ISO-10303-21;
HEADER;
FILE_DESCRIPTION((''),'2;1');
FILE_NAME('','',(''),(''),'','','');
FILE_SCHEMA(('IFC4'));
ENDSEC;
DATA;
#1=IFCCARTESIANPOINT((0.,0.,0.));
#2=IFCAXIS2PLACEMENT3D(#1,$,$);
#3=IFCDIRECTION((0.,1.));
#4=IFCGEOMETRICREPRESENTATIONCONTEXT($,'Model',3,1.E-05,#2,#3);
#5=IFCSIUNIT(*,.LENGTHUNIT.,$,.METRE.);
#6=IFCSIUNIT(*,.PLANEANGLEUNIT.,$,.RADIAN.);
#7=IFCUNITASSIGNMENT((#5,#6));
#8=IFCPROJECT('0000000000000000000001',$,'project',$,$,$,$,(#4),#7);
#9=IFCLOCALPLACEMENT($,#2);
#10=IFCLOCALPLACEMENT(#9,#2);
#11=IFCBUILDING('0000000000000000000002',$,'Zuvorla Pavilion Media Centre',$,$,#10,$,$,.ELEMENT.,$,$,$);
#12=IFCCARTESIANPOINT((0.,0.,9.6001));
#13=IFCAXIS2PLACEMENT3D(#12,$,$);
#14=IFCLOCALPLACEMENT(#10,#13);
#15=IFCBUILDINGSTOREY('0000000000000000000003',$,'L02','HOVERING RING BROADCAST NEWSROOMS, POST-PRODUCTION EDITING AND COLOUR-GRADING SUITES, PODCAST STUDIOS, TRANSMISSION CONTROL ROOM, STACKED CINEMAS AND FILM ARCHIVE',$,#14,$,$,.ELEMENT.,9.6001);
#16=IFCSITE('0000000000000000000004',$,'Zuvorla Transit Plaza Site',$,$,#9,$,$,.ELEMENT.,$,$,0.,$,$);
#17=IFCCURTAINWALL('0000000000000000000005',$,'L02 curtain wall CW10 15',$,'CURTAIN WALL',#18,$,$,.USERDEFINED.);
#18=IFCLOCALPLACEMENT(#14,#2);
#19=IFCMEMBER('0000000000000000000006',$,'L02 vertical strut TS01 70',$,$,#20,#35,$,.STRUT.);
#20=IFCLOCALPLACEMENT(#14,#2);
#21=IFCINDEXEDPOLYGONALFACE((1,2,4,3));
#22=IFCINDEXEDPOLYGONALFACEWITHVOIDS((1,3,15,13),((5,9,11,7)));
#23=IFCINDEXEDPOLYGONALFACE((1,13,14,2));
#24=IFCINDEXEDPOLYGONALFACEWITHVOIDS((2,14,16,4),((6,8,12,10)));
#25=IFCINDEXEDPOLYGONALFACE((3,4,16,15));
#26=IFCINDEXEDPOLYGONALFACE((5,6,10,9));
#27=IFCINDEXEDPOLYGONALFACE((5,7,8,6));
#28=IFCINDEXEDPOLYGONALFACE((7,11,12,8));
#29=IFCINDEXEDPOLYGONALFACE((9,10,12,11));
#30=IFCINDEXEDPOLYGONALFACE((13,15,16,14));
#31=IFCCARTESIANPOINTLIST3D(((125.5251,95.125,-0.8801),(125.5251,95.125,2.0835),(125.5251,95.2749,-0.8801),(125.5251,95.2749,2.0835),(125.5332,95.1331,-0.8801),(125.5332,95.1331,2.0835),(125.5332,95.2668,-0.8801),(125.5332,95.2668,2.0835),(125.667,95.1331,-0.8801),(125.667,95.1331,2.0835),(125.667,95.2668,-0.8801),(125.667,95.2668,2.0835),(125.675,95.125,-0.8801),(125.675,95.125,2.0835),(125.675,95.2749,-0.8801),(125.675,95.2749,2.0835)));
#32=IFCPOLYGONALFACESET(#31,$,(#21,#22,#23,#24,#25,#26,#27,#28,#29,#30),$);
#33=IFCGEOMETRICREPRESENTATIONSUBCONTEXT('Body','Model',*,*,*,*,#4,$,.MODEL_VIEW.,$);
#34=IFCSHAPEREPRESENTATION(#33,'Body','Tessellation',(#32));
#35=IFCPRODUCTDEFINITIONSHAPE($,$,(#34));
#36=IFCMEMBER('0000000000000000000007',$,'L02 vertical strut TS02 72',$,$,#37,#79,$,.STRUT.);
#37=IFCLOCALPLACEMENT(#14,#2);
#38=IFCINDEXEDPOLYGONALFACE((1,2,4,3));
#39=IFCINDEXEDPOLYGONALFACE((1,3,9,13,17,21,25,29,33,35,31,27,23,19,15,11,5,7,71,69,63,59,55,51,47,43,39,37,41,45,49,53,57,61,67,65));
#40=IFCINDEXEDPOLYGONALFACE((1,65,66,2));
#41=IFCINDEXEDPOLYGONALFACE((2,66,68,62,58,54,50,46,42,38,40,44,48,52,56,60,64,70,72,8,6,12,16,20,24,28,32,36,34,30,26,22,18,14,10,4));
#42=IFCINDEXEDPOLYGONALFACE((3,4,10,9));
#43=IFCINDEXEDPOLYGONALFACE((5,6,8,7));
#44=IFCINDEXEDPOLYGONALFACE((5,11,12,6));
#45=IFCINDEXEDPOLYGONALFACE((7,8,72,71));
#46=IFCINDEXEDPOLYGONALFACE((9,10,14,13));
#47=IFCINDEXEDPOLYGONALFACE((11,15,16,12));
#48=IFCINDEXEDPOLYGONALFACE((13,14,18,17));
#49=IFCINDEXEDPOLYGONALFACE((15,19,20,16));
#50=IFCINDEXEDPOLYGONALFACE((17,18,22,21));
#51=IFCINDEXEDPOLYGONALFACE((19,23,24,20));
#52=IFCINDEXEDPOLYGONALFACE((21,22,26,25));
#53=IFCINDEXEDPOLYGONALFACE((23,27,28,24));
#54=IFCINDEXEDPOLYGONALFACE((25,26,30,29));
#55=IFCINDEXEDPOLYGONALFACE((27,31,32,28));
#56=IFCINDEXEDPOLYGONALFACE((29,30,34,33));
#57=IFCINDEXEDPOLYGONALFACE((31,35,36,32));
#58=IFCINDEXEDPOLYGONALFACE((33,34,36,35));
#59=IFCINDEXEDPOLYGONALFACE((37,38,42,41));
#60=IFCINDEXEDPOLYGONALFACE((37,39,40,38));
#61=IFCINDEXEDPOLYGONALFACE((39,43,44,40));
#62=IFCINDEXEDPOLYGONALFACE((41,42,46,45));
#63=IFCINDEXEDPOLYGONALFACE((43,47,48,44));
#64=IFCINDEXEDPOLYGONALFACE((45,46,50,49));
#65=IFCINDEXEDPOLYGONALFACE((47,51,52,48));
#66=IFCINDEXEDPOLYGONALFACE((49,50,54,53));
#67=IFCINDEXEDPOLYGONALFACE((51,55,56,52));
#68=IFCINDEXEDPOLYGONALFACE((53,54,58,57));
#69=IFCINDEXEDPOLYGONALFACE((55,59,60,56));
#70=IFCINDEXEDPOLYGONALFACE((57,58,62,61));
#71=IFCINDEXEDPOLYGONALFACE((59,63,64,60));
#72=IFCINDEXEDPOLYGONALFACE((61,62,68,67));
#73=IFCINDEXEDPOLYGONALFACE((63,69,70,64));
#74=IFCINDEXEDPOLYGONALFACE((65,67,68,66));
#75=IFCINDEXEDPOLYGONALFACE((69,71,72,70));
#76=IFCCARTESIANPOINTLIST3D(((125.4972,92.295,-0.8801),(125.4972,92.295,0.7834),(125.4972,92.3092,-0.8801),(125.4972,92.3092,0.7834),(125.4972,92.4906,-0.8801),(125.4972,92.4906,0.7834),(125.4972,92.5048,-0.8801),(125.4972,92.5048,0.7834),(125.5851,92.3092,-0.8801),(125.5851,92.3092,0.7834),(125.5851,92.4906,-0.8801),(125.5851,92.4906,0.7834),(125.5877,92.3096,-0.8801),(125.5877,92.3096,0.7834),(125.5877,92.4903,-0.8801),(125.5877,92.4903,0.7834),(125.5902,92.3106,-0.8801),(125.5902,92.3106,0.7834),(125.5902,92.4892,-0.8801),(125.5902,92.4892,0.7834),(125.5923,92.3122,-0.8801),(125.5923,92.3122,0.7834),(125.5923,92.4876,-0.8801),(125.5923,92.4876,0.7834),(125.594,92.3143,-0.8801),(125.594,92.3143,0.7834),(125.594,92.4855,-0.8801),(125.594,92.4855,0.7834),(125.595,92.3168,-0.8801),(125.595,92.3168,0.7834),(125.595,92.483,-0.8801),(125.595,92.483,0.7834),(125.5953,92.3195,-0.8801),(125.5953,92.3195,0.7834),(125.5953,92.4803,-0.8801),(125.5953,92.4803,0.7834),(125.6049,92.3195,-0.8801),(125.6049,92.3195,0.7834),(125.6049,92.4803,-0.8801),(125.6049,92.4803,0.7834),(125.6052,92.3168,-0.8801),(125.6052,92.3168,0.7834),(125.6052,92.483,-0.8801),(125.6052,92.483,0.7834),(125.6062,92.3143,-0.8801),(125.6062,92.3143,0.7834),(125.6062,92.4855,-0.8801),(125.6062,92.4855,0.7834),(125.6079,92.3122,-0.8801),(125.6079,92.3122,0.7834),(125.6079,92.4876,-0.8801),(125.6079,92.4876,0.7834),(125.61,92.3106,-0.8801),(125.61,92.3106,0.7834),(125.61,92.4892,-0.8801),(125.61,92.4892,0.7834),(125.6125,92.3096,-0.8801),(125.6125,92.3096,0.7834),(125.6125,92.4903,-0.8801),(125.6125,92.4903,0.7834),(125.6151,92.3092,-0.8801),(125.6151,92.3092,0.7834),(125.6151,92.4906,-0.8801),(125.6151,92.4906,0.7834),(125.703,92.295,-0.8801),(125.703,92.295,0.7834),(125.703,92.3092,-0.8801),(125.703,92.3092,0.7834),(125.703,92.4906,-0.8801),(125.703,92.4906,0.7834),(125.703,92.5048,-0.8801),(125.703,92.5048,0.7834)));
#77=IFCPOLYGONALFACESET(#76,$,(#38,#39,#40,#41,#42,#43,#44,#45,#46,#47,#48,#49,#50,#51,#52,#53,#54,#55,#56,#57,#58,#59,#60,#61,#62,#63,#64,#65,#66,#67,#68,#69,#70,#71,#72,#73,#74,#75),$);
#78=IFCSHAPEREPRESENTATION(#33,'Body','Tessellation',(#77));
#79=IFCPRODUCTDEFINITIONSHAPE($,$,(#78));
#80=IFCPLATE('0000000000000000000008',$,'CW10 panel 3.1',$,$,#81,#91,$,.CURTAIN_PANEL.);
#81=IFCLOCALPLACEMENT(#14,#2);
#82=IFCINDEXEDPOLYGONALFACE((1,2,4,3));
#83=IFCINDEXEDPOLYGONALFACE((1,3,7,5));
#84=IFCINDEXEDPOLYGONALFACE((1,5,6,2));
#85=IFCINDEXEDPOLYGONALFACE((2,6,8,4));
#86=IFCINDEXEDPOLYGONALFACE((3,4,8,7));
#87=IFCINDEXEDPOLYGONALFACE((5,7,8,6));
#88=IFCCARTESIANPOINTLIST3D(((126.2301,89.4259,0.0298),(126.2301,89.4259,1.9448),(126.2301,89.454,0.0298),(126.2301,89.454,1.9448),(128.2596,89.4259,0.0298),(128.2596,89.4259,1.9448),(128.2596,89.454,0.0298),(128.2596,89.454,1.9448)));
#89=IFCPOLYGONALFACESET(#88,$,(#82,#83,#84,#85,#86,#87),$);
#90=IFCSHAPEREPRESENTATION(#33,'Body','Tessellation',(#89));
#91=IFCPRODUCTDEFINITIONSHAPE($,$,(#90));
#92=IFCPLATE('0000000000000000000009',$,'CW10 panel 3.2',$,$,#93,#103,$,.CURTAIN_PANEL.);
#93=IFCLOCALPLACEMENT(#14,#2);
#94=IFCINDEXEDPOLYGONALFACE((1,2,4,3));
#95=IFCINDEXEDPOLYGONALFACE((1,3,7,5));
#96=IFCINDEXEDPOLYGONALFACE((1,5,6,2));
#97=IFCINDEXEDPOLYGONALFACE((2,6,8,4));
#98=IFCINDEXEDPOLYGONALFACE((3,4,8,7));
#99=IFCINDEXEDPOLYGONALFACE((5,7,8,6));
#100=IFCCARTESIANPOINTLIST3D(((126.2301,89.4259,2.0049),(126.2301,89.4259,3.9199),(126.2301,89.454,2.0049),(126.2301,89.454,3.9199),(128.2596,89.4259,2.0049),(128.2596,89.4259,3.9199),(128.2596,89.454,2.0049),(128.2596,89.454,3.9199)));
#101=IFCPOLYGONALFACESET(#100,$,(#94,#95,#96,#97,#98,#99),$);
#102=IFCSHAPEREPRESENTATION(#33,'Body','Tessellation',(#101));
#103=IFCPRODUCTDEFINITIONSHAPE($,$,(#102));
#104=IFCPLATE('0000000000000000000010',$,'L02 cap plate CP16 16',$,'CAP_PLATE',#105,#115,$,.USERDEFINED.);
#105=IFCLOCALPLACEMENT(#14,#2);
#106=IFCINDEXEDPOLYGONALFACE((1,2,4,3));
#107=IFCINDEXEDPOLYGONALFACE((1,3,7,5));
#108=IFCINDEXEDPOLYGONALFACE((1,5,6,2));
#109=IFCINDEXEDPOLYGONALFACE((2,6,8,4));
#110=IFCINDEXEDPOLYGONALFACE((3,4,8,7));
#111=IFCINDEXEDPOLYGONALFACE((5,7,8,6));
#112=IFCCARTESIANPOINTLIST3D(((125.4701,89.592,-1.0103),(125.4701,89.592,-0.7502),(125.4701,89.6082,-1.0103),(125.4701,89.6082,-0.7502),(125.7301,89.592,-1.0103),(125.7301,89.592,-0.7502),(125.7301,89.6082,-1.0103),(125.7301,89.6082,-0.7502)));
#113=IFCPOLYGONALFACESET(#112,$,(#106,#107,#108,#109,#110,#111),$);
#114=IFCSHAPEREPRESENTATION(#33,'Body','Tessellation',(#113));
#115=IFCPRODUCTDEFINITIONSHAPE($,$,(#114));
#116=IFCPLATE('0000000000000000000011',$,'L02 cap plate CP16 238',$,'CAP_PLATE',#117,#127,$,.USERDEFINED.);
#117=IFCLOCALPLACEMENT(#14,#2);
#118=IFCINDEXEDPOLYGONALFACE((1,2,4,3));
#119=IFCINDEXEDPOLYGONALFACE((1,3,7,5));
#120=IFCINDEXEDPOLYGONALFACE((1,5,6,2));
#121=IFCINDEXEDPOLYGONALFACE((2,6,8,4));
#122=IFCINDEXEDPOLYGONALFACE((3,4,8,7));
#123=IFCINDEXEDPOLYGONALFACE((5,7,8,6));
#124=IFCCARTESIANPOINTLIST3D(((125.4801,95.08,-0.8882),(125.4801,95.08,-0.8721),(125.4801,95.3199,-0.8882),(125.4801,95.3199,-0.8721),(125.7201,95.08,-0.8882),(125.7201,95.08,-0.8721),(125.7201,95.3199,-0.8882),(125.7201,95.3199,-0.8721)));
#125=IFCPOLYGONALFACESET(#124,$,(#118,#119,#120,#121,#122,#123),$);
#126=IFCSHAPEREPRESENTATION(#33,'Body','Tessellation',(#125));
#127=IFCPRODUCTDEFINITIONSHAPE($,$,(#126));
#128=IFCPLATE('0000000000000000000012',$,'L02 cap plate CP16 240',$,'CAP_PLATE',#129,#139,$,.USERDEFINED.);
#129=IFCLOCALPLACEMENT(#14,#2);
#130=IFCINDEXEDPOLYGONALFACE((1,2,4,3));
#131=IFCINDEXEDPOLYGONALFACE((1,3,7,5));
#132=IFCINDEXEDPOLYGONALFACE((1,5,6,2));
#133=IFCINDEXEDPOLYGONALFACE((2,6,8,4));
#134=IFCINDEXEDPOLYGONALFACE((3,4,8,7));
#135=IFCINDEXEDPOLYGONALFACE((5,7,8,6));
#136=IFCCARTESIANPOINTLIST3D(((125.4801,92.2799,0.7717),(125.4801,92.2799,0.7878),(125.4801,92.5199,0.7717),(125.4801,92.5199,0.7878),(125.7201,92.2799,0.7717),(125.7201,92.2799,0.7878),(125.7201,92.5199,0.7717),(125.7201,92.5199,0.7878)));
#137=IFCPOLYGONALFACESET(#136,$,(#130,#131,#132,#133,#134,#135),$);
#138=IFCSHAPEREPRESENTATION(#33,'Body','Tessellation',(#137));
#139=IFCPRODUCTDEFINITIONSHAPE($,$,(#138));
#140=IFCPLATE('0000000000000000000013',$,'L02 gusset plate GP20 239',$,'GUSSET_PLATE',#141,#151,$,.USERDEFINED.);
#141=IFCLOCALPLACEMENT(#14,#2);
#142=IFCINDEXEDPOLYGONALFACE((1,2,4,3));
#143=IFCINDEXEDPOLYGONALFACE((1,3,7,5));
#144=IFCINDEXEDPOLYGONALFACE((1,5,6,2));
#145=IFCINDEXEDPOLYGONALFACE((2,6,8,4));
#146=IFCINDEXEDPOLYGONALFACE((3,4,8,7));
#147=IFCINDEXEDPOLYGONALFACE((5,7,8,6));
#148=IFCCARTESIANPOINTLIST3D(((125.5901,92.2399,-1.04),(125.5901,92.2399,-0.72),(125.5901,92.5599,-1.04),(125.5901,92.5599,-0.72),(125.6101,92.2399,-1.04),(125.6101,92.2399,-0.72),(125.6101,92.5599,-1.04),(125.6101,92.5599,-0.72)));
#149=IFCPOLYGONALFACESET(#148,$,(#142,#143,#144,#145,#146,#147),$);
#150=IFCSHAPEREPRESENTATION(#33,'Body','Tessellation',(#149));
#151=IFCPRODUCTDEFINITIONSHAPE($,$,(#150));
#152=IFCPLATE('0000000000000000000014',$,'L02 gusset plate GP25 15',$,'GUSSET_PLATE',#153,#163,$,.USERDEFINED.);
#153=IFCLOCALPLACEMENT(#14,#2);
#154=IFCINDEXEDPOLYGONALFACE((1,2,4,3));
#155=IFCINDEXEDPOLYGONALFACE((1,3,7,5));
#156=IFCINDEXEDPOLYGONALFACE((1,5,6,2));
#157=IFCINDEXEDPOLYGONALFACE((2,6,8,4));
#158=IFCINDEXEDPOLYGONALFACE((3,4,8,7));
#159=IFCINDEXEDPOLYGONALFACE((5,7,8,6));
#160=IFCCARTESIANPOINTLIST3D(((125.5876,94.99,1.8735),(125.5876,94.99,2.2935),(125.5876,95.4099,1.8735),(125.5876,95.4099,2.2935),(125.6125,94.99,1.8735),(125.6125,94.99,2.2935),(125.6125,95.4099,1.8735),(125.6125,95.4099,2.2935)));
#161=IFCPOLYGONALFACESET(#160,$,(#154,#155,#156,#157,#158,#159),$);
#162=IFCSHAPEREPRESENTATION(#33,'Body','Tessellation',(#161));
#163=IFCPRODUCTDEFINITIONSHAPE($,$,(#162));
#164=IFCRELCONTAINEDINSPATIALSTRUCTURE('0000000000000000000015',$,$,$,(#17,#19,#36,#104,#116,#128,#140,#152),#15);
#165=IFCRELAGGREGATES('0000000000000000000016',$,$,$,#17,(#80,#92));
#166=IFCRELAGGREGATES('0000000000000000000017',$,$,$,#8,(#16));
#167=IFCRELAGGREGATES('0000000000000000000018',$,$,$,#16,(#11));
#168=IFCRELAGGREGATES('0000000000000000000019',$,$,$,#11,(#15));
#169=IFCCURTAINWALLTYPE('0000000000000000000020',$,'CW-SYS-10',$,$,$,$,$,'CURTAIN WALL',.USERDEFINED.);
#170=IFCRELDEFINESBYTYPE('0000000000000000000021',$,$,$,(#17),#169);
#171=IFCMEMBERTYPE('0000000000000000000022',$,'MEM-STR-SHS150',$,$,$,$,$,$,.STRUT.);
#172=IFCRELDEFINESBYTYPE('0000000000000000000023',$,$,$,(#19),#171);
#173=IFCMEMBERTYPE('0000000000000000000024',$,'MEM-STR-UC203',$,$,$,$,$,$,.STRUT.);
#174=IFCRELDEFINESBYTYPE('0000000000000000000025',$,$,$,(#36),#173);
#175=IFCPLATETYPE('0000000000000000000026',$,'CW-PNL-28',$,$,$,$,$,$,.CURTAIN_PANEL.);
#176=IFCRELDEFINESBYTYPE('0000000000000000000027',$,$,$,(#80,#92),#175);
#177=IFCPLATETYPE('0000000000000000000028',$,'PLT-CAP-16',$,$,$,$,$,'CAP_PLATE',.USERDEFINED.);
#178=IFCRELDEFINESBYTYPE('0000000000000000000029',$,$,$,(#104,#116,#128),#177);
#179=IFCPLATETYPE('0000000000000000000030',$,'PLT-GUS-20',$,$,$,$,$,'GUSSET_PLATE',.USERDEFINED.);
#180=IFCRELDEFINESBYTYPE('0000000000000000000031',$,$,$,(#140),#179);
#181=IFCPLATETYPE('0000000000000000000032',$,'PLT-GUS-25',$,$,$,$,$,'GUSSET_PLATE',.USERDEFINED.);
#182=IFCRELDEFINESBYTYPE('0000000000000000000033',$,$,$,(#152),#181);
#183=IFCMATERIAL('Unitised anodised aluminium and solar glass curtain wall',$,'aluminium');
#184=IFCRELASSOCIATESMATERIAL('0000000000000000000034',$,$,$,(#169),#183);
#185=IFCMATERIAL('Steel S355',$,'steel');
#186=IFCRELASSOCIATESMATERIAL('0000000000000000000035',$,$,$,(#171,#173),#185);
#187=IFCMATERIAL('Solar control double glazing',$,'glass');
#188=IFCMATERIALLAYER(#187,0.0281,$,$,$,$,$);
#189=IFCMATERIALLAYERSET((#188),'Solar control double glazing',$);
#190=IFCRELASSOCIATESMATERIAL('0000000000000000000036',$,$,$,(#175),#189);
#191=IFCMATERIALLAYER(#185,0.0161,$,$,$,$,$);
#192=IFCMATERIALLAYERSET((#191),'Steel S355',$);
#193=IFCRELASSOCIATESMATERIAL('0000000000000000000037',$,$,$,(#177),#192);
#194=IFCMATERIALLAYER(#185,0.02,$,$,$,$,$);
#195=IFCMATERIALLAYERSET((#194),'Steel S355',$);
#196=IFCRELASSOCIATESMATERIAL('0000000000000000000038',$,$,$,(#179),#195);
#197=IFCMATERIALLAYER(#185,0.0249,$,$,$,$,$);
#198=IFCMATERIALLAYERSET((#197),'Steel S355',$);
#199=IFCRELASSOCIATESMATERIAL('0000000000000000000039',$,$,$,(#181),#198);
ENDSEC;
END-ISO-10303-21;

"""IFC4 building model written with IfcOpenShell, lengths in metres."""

from ifc_helpers import new_model, si_unit, direction, frame, origin, origin_2d, place, context, subcontext, project, spatial, rectangle, hollow_rectangle, i_section, extrude, material, layer, layer_set, material_profile, profile_set, type_object, element, aggregate, save


model = new_model("IFC4")

# Units and contexts
model_context = context("Model", 3, precision=1e-05, world=origin(), true_north=direction((0.0, 1.0)))
body_context = subcontext(model_context, "Body", "Model", "MODEL_VIEW")
ifc_project = project(units=[si_unit("LENGTHUNIT", "METRE"), si_unit("PLANEANGLEUNIT", "RADIAN")], contexts=[model_context])

# Site, building, storey
site_placement = place(None, origin())
site = spatial("IfcSite", under=ifc_project, at=site_placement, Name="Zuvorla Transit Plaza Site", CompositionType="ELEMENT", RefElevation=0.0)
building_placement = place(site_placement, origin())
building = spatial("IfcBuilding", under=site, at=building_placement, Name="Zuvorla Pavilion Media Centre", CompositionType="ELEMENT")
storey_placement = place(building_placement, frame((0.0, 0.0, 9.6001)))
storey = spatial("IfcBuildingStorey", under=building, at=storey_placement, Name="L02", Description="HOVERING RING BROADCAST NEWSROOMS, POST-PRODUCTION EDITING AND COLOUR-GRADING SUITES, PODCAST STUDIOS, TRANSMISSION CONTROL ROOM, STACKED CINEMAS AND FILM ARCHIVE", CompositionType="ELEMENT", Elevation=9.6001)

# Shared definitions
ifc_material_1 = material(Name="Steel S355", Category="steel")

# Curtain wall
ifc_material_2 = material(Name="Unitised anodised aluminium and solar glass curtain wall", Category="aluminium")
curtain_wall_type_1 = type_object("IfcCurtainWallType", Name="CW-SYS-10", ElementType="CURTAIN WALL", PredefinedType="USERDEFINED", material=ifc_material_2)
curtain_wall_1_placement = place(storey_placement, origin())
curtain_wall_1 = element("IfcCurtainWall", 1, at=curtain_wall_1_placement, inside=storey, type_object=curtain_wall_type_1, Name="L02 curtain wall CW10 15", ObjectType="CURTAIN WALL", PredefinedType="USERDEFINED")

# Members
ifc_material_profile_1 = material_profile(ifc_material_1, hollow_rectangle(XDim=0.1499, YDim=0.1499, WallThickness=0.0081, at=origin_2d()), Name="SHS 150x150x8")
ifc_profile_set_1 = profile_set([ifc_material_profile_1], Name="Steel S355")
member_type_1 = type_object("IfcMemberType", Name="MEM-STR-SHS150", PredefinedType="STRUT", material=ifc_profile_set_1)
member_1_placement = place(storey_placement, frame((125.6001, 95.2, -0.8801), z_axis=(0.0, 0.0, 1.0), x_axis=(1.0, 0.0, 0.0)))
element("IfcMember", 2, at=member_1_placement, inside=storey, type_object=member_type_1, Name="L02 vertical strut TS01 70", PredefinedType="STRUT", context=body_context, shape_type="SweptSolid", body=[
    extrude(hollow_rectangle(XDim=0.1499, YDim=0.1499, WallThickness=0.0081, at=origin_2d()), origin(), (0.0, 0.0, 1.0), 2.9636),
])
ifc_material_profile_2 = material_profile(ifc_material_1, i_section(OverallWidth=0.2058, OverallDepth=0.2097, WebThickness=0.0095, FlangeThickness=0.0142, FilletRadius=0.0103, at=origin_2d()), Name="UC 203x203x60")
ifc_profile_set_2 = profile_set([ifc_material_profile_2], Name="Steel S355")
member_type_2 = type_object("IfcMemberType", Name="MEM-STR-UC203", PredefinedType="STRUT", material=ifc_profile_set_2)
member_2_placement = place(storey_placement, frame((125.6001, 92.3999, -0.8801), z_axis=(0.0, 0.0, 1.0), x_axis=(1.0, 0.0, 0.0)))
element("IfcMember", 3, at=member_2_placement, inside=storey, type_object=member_type_2, Name="L02 vertical strut TS02 72", PredefinedType="STRUT", context=body_context, shape_type="SweptSolid", body=[
    extrude(i_section(OverallWidth=0.2058, OverallDepth=0.2097, WebThickness=0.0095, FlangeThickness=0.0142, FilletRadius=0.0103, at=origin_2d()), origin(), (0.0, 0.0, 1.0), 1.6636),
])

# Plates
ifc_material_3 = material(Name="Solar control double glazing", Category="glass")
ifc_layer_1 = layer(ifc_material_3, 0.0281)
ifc_layer_set_1 = layer_set([ifc_layer_1], Name="Solar control double glazing")
plate_type_1 = type_object("IfcPlateType", Name="CW-PNL-28", PredefinedType="CURTAIN_PANEL", material=ifc_layer_set_1)
plate_1_placement = place(storey_placement, frame((127.2449, 89.4399, 0.0298), z_axis=(0.0, 0.0, 1.0), x_axis=(-1.0, 0.0, 0.0)))
plate_1 = element("IfcPlate", 4, at=plate_1_placement, type_object=plate_type_1, Name="CW10 panel 3.1", PredefinedType="CURTAIN_PANEL", context=body_context, shape_type="SweptSolid", body=[
    extrude(rectangle(XDim=2.0295, YDim=0.0281, at=origin_2d()), origin(), (0.0, 0.0, 1.0), 1.915),
])
plate_2_placement = place(storey_placement, frame((127.2449, 89.4399, 2.0049), z_axis=(0.0, 0.0, 1.0), x_axis=(-1.0, 0.0, 0.0)))
plate_2 = element("IfcPlate", 5, at=plate_2_placement, type_object=plate_type_1, Name="CW10 panel 3.2", PredefinedType="CURTAIN_PANEL", context=body_context, shape_type="SweptSolid", body=[
    extrude(rectangle(XDim=2.0295, YDim=0.0281, at=origin_2d()), origin(), (0.0, 0.0, 1.0), 1.915),
])
aggregate(curtain_wall_1, [plate_1, plate_2])

# Plates
ifc_layer_2 = layer(ifc_material_1, 0.0161)
ifc_layer_set_2 = layer_set([ifc_layer_2], Name="Steel S355")
plate_type_2 = type_object("IfcPlateType", Name="PLT-CAP-16", ElementType="CAP_PLATE", PredefinedType="USERDEFINED", material=ifc_layer_set_2)
plate_3_placement = place(storey_placement, frame((125.6001, 89.6001, -1.0103), z_axis=(0.0, 0.0, 1.0), x_axis=(1.0, 0.0, 0.0)))
element("IfcPlate", 6, at=plate_3_placement, inside=storey, type_object=plate_type_2, Name="L02 cap plate CP16 16", ObjectType="CAP_PLATE", PredefinedType="USERDEFINED", context=body_context, shape_type="SweptSolid", body=[
    extrude(rectangle(XDim=0.26, YDim=0.0161, at=origin_2d()), origin(), (0.0, 0.0, 1.0), 0.26),
])
for number, where, z_axis, x_axis, name in (
    (7, (125.6001, 95.2, -0.8882), (0.0, 0.0, 1.0), (1.0, 0.0, 0.0), "L02 cap plate CP16 238"),
    (8, (125.6001, 92.3999, 0.7717), (0.0, 0.0, 1.0), (1.0, 0.0, 0.0), "L02 cap plate CP16 240"),
):
    element("IfcPlate", number, at=place(storey_placement, frame(where, z_axis=z_axis, x_axis=x_axis)), inside=storey, type_object=plate_type_2, Name=name, ObjectType="CAP_PLATE", PredefinedType="USERDEFINED", context=body_context, shape_type="SweptSolid", body=[
        extrude(rectangle(XDim=0.24, YDim=0.24, at=origin_2d()), origin(), (0.0, 0.0, 1.0), 0.0161),
    ])
ifc_layer_3 = layer(ifc_material_1, 0.02)
ifc_layer_set_3 = layer_set([ifc_layer_3], Name="Steel S355")
plate_type_3 = type_object("IfcPlateType", Name="PLT-GUS-20", ElementType="GUSSET_PLATE", PredefinedType="USERDEFINED", material=ifc_layer_set_3)
plate_4_placement = place(storey_placement, frame((125.6001, 92.3999, -1.04), z_axis=(0.0, 0.0, 1.0), x_axis=(1.0, 0.0, 0.0)))
element("IfcPlate", 9, at=plate_4_placement, inside=storey, type_object=plate_type_3, Name="L02 gusset plate GP20 239", ObjectType="GUSSET_PLATE", PredefinedType="USERDEFINED", context=body_context, shape_type="SweptSolid", body=[
    extrude(rectangle(XDim=0.02, YDim=0.3201, at=origin_2d()), origin(), (0.0, 0.0, 1.0), 0.3201),
])
ifc_layer_4 = layer(ifc_material_1, 0.0249)
ifc_layer_set_4 = layer_set([ifc_layer_4], Name="Steel S355")
plate_type_4 = type_object("IfcPlateType", Name="PLT-GUS-25", ElementType="GUSSET_PLATE", PredefinedType="USERDEFINED", material=ifc_layer_set_4)
plate_5_placement = place(storey_placement, frame((125.6001, 95.2, 1.8735), z_axis=(0.0, 0.0, 1.0), x_axis=(1.0, 0.0, 0.0)))
element("IfcPlate", 10, at=plate_5_placement, inside=storey, type_object=plate_type_4, Name="L02 gusset plate GP25 15", ObjectType="GUSSET_PLATE", PredefinedType="USERDEFINED", context=body_context, shape_type="SweptSolid", body=[
    extrude(rectangle(XDim=0.0249, YDim=0.4199, at=origin_2d()), origin(), (0.0, 0.0, 1.0), 0.4199),
])

save(model, "model.ifc")
